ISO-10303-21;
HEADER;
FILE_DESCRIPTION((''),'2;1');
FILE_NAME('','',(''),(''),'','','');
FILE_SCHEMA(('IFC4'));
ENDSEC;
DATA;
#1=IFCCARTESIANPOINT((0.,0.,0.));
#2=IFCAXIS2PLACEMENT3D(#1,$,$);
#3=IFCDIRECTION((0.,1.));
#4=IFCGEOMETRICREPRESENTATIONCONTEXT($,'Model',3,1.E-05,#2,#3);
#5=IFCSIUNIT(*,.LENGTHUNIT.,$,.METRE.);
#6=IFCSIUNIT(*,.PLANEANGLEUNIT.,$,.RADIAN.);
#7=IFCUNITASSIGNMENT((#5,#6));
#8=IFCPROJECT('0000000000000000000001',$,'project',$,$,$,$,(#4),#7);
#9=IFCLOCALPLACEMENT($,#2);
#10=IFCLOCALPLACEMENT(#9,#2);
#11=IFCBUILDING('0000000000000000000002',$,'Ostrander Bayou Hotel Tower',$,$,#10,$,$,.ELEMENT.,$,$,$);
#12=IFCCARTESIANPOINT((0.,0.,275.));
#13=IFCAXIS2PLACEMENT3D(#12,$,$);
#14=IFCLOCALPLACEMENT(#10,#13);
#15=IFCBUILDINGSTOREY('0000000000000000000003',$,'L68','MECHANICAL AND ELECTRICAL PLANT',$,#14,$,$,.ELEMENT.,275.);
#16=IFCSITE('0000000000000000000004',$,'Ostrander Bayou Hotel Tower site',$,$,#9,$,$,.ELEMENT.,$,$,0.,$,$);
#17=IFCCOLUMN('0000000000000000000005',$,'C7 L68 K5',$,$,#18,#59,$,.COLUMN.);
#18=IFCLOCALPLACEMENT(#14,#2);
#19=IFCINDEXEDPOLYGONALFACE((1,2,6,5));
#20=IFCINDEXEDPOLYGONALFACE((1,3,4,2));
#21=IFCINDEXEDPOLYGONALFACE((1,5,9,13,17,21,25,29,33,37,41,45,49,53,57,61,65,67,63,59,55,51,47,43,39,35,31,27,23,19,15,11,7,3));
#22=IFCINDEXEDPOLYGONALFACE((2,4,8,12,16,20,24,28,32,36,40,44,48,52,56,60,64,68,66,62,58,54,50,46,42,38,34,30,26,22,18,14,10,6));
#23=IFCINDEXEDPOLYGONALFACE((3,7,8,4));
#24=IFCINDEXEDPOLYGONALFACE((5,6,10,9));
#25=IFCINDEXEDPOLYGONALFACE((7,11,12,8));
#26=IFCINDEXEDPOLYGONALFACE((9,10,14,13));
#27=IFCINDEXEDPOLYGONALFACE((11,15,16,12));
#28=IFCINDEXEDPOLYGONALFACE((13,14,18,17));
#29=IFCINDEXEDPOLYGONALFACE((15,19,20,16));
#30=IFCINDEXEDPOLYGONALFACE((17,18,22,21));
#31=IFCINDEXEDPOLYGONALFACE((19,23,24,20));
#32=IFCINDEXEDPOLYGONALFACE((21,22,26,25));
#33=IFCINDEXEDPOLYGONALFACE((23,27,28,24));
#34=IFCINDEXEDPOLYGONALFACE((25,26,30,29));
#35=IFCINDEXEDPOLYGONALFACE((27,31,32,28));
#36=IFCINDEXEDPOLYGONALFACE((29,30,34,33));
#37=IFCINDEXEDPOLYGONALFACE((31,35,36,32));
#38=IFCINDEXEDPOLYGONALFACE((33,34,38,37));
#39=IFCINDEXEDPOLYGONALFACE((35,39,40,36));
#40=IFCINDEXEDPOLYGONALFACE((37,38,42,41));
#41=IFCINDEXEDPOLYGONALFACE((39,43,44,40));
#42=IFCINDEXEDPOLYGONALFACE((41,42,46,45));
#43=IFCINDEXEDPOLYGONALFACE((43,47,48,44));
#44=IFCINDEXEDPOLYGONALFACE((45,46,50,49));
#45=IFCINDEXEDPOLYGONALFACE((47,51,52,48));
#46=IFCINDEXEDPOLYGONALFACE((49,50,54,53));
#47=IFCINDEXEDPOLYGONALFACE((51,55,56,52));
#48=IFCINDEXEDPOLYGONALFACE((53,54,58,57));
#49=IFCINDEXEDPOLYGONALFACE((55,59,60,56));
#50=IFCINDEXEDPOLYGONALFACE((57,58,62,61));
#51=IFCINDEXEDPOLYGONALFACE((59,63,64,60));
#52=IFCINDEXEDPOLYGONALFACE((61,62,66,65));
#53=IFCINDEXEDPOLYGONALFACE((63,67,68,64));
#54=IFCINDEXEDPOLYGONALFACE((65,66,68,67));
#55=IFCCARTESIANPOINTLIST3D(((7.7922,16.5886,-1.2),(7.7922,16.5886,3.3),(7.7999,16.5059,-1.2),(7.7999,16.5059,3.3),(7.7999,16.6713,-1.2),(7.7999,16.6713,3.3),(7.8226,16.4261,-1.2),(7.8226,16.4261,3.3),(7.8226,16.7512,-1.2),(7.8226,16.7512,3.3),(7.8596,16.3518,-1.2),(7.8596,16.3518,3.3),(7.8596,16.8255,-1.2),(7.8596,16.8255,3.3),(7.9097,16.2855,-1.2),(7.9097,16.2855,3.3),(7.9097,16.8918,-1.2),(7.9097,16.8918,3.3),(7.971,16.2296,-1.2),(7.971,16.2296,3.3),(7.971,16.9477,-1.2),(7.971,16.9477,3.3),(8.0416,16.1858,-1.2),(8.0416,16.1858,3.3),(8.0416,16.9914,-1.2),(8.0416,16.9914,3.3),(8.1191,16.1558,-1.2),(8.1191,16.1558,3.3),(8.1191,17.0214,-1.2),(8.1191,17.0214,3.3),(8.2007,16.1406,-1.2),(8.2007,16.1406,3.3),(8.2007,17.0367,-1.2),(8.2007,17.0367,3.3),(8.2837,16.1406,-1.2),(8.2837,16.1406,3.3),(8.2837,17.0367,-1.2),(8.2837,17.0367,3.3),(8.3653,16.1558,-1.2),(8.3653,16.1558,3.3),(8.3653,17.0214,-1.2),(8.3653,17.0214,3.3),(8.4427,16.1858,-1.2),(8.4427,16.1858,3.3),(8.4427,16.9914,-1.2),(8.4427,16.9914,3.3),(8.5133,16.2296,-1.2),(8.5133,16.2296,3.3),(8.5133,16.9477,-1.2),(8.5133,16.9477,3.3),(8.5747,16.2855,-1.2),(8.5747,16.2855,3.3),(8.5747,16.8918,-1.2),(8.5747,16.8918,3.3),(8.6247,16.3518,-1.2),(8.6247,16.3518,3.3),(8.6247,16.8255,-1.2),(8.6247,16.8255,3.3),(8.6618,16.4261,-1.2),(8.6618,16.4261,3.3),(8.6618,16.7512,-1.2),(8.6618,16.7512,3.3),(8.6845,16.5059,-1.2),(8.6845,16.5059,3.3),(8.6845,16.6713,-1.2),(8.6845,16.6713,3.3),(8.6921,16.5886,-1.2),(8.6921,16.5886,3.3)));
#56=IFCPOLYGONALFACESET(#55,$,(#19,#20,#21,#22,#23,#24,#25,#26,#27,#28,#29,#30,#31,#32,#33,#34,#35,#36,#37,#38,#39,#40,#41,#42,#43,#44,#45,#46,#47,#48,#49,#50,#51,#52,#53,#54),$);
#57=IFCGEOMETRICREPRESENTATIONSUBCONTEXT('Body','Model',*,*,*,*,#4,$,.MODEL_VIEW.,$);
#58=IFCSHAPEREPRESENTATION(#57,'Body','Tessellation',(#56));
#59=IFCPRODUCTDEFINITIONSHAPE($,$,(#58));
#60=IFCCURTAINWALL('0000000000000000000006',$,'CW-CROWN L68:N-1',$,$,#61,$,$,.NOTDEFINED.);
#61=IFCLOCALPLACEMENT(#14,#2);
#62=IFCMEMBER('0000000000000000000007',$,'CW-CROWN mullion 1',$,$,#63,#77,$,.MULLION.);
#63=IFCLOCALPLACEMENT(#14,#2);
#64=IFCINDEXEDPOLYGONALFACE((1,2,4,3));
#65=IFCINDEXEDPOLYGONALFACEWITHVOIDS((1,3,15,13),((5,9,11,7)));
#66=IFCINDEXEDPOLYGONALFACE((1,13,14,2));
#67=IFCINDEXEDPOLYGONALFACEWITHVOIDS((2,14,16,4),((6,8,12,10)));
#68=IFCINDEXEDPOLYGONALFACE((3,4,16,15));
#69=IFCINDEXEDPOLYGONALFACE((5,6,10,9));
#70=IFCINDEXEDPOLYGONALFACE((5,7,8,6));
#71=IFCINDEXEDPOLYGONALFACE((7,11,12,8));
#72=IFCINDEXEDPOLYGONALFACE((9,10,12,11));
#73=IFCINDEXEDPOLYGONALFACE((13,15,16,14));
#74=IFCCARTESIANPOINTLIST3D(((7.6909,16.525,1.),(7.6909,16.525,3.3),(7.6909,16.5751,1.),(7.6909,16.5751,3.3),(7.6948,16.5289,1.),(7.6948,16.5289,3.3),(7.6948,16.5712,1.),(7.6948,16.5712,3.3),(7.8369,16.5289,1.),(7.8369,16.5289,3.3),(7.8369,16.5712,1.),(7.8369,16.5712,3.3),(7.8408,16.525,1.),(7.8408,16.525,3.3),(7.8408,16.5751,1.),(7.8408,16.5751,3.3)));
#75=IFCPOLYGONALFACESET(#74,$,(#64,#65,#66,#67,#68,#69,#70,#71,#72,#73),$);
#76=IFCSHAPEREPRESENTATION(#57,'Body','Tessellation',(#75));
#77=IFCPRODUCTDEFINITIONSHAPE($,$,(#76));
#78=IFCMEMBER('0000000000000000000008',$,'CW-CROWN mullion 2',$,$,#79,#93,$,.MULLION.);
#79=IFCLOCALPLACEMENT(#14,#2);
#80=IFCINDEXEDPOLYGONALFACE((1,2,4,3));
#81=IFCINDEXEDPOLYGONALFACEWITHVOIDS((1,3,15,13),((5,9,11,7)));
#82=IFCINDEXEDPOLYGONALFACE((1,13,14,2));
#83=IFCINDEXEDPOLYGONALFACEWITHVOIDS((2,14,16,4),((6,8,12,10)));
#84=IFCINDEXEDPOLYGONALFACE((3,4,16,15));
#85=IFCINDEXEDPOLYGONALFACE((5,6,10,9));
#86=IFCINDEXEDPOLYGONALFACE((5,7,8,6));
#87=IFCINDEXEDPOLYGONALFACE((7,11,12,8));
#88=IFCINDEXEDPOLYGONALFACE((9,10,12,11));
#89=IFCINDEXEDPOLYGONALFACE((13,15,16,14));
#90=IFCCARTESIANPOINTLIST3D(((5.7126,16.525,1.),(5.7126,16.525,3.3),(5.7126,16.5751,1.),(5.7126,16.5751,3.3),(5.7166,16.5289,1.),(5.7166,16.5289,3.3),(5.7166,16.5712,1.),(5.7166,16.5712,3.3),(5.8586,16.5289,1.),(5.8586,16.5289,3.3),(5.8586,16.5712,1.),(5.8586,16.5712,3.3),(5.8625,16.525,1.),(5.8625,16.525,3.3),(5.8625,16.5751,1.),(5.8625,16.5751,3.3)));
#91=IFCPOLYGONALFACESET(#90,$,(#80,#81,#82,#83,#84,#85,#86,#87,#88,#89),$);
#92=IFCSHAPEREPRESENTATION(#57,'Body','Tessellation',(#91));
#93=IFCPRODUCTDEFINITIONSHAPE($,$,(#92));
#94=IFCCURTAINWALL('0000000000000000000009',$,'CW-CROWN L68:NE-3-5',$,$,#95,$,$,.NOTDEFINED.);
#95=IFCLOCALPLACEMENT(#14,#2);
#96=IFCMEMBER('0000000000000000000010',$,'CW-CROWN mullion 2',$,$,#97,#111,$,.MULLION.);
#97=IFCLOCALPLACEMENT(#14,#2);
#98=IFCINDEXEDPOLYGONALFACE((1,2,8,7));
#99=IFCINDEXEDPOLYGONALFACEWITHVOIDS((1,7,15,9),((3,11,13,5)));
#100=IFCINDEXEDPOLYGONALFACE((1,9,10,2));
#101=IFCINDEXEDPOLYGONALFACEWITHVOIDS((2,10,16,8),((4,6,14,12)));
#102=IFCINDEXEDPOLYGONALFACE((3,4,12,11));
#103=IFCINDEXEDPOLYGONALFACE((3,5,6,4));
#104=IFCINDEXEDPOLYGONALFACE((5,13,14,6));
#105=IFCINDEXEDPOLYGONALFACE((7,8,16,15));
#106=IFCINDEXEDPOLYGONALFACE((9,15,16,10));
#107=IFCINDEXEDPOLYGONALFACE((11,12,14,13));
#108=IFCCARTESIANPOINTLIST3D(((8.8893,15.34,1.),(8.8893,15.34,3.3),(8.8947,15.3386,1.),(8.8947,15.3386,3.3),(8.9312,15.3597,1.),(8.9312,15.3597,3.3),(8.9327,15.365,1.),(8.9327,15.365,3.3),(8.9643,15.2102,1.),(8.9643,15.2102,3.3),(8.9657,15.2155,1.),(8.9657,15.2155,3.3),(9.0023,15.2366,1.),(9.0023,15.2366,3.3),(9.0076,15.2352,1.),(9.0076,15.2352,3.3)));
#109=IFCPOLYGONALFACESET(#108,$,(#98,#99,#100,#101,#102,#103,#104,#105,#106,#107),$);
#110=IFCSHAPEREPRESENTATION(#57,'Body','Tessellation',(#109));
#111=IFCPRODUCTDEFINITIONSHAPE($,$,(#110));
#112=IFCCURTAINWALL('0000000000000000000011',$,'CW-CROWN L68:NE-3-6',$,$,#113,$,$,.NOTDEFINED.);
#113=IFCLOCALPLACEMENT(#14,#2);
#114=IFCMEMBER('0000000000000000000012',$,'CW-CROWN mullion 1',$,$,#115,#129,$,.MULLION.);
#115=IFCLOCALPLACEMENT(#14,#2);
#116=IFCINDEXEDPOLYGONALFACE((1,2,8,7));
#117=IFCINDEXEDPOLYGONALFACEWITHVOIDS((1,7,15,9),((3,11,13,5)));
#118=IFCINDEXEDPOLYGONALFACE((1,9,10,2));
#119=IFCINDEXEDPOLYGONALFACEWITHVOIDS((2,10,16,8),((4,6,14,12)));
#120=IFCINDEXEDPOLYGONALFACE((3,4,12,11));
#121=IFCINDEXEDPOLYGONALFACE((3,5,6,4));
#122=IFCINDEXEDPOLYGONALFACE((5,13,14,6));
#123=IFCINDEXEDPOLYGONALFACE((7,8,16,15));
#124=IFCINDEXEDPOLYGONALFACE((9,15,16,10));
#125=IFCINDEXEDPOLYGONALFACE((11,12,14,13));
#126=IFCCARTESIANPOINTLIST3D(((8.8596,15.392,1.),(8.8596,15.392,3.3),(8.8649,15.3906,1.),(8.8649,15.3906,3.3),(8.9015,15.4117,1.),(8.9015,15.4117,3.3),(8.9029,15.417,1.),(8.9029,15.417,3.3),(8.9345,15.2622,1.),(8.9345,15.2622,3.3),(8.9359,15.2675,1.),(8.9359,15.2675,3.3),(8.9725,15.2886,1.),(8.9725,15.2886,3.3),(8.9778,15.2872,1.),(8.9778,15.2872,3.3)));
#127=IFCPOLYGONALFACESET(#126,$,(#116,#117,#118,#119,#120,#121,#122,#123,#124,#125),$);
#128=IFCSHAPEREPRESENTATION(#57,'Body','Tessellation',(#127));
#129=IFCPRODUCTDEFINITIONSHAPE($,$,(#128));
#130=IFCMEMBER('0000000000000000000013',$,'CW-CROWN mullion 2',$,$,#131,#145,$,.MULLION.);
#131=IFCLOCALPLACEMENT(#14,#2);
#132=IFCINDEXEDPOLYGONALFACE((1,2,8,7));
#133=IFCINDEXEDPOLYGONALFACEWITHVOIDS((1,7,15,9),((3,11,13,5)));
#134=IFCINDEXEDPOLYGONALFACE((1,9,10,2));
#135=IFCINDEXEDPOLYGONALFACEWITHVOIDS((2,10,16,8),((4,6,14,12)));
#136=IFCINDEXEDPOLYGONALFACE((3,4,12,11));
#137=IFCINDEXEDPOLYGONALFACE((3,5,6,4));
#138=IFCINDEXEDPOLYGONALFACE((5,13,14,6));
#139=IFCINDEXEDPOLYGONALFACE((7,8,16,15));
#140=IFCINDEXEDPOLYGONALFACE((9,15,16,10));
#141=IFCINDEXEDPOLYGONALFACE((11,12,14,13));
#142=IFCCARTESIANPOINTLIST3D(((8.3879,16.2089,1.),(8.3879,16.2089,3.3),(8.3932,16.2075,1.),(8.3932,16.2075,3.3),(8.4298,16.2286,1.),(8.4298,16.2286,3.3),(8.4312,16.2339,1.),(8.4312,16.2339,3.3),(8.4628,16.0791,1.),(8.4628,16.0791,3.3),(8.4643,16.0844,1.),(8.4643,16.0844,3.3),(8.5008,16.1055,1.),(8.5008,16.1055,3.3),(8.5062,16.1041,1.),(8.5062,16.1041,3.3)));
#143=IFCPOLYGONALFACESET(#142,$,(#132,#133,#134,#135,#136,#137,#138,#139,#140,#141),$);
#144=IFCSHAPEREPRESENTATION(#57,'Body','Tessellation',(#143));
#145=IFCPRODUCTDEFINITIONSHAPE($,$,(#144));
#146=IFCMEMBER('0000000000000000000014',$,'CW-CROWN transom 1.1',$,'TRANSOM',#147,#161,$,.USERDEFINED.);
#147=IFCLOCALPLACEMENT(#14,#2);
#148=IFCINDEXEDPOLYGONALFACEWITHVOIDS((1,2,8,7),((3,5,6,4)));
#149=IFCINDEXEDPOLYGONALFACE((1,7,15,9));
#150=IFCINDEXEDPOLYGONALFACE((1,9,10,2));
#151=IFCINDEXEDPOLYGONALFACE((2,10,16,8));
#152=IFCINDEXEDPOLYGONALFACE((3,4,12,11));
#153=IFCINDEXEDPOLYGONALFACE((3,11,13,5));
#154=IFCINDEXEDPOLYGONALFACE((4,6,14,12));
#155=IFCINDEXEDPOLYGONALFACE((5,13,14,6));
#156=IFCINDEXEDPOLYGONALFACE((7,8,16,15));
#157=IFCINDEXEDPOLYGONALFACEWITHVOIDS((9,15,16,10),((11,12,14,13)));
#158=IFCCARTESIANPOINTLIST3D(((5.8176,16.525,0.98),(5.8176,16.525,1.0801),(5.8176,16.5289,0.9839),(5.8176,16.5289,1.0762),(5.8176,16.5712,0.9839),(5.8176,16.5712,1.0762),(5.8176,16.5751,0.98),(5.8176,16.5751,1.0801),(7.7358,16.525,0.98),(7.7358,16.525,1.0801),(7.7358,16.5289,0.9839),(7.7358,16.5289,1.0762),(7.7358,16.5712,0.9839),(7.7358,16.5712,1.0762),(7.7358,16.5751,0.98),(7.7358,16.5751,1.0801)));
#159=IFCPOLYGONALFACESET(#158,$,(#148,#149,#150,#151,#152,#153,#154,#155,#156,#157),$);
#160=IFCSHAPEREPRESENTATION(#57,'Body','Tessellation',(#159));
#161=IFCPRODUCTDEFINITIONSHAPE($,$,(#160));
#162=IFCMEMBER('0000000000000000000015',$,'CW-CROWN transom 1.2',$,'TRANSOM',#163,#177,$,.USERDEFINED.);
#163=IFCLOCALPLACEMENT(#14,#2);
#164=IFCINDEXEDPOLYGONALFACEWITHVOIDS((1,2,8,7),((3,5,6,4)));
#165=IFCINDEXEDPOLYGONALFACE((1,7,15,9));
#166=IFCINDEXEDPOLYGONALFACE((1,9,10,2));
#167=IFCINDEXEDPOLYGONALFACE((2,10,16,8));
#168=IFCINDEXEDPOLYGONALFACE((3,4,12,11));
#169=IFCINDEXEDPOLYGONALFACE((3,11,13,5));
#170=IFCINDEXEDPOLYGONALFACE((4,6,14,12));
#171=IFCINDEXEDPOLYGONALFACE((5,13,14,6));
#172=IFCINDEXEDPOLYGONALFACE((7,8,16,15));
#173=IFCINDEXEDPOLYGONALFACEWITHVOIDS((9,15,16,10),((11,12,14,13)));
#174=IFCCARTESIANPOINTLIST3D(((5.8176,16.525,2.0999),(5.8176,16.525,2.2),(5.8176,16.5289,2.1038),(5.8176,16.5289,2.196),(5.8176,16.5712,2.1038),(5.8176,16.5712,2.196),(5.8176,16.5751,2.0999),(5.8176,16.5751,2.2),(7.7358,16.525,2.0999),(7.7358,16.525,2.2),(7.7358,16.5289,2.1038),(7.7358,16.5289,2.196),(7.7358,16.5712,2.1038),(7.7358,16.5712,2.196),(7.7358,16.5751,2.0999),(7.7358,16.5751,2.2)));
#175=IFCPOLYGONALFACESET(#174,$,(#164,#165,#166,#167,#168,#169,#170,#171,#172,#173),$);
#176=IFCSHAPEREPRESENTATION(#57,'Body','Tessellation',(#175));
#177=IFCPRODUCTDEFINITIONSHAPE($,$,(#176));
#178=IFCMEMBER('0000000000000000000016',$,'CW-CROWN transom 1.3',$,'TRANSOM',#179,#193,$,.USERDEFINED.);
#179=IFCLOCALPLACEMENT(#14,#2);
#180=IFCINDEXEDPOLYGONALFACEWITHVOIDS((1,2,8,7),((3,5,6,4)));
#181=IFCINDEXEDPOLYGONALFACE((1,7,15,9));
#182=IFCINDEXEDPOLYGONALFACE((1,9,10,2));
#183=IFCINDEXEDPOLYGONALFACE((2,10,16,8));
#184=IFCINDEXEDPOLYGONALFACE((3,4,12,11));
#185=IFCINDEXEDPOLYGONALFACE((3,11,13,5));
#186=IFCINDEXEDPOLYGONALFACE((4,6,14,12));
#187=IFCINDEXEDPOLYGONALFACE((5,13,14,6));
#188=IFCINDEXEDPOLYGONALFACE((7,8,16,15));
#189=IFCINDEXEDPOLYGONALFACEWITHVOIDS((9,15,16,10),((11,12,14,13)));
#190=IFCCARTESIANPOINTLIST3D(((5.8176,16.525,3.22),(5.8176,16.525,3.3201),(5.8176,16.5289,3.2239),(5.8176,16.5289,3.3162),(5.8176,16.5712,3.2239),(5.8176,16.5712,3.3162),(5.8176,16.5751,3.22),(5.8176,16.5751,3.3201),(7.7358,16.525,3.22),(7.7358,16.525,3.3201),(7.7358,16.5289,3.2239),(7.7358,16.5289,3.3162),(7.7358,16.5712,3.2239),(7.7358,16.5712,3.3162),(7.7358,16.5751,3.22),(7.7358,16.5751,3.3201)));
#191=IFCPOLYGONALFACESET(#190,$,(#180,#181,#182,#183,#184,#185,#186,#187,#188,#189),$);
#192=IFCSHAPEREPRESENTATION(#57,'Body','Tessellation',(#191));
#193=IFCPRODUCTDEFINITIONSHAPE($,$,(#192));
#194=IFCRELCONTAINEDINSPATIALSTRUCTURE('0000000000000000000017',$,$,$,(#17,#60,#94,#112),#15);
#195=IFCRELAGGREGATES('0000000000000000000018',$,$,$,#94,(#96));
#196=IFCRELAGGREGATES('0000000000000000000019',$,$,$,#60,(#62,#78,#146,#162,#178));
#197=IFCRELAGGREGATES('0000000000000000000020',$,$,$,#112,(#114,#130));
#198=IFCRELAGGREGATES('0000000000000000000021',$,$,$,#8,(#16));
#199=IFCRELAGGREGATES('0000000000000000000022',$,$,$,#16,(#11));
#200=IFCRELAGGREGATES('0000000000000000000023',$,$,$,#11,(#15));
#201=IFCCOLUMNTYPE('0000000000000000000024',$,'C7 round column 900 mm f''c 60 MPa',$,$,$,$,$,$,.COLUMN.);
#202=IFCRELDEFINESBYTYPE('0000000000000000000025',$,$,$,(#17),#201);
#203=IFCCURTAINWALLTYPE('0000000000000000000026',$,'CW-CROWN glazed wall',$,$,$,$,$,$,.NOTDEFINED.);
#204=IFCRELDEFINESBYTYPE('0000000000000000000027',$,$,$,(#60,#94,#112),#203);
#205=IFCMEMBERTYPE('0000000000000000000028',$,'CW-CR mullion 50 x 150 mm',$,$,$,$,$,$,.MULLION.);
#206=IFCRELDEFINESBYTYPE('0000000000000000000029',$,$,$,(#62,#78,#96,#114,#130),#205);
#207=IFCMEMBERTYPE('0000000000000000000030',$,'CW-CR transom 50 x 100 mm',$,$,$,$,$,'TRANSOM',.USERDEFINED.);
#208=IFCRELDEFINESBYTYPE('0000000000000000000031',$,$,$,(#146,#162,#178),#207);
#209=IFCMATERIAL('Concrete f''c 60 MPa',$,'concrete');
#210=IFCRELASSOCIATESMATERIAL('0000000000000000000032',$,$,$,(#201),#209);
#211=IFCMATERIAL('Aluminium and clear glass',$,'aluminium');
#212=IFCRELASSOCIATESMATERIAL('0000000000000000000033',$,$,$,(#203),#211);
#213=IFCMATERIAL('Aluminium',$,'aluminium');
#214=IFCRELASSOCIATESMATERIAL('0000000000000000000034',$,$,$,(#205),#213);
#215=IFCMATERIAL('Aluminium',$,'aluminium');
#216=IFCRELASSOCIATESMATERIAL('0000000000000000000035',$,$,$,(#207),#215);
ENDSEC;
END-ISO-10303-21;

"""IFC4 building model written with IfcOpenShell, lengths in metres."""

from ifc_helpers import new_model, si_unit, direction, frame, origin, origin_2d, place, context, subcontext, project, spatial, hollow_rectangle, circle, extrude, material, material_profile, profile_set, type_object, element, aggregate, save


model = new_model("IFC4")

# Units and contexts
model_context = context("Model", 3, precision=1e-05, world=origin(), true_north=direction((0.0, 1.0)))
body_context = subcontext(model_context, "Body", "Model", "MODEL_VIEW")
ifc_project = project(units=[si_unit("LENGTHUNIT", "METRE"), si_unit("PLANEANGLEUNIT", "RADIAN")], contexts=[model_context])

# Site, building, storey
site_placement = place(None, origin())
site = spatial("IfcSite", under=ifc_project, at=site_placement, Name="Ostrander Bayou Hotel Tower site", CompositionType="ELEMENT", RefElevation=0.0)
building_placement = place(site_placement, origin())
building = spatial("IfcBuilding", under=site, at=building_placement, Name="Ostrander Bayou Hotel Tower", CompositionType="ELEMENT")
storey_placement = place(building_placement, frame((0.0, 0.0, 275.0)))
storey = spatial("IfcBuildingStorey", under=building, at=storey_placement, Name="L68", Description="MECHANICAL AND ELECTRICAL PLANT", CompositionType="ELEMENT", Elevation=275.0)

# Column
ifc_material_1 = material(Name="Concrete f'c 60 MPa", Category="concrete")
ifc_material_profile_1 = material_profile(ifc_material_1, circle(Radius=0.45, at=origin_2d()))
ifc_profile_set_1 = profile_set([ifc_material_profile_1], Name="Concrete f'c 60 MPa")
column_type = type_object("IfcColumnType", Name="C7 round column 900 mm f'c 60 MPa", PredefinedType="COLUMN", material=ifc_profile_set_1)
column_placement = place(storey_placement, frame((8.2422, 16.5886, -1.2), z_axis=(0.0, 0.0, 1.0), x_axis=(1.0, 0.0, 0.0)))
element("IfcColumn", 1, at=column_placement, inside=storey, type_object=column_type, Name="C7 L68 K5", PredefinedType="COLUMN", context=body_context, shape_type="SweptSolid", body=[
    extrude(circle(Radius=0.45, at=origin_2d()), origin(), (0.0, 0.0, 1.0), 4.5),
])

# Curtain wall, members
ifc_material_2 = material(Name="Aluminium and clear glass", Category="aluminium")
curtain_wall_type = type_object("IfcCurtainWallType", Name="CW-CROWN glazed wall", PredefinedType="NOTDEFINED", material=ifc_material_2)
curtain_wall_1_placement = place(storey_placement, origin())
curtain_wall_1 = element("IfcCurtainWall", 2, at=curtain_wall_1_placement, inside=storey, type_object=curtain_wall_type, Name="CW-CROWN L68:N-1", PredefinedType="NOTDEFINED")
ifc_material_3 = material(Name="Aluminium", Category="aluminium")
ifc_material_profile_2 = material_profile(ifc_material_3, hollow_rectangle(XDim=0.05, YDim=0.1499, WallThickness=0.0039, at=origin_2d()))
ifc_profile_set_2 = profile_set([ifc_material_profile_2], Name="Aluminium")
member_type_1 = type_object("IfcMemberType", Name="CW-CR mullion 50 x 150 mm", PredefinedType="MULLION", material=ifc_profile_set_2)
member_1_placement = place(storey_placement, frame((7.7659, 16.55, 1.0), z_axis=(0.0, 0.0, 1.0), x_axis=(0.0, -1.0, 0.0)))
member_1 = element("IfcMember", 3, at=member_1_placement, type_object=member_type_1, Name="CW-CROWN mullion 1", PredefinedType="MULLION", context=body_context, shape_type="SweptSolid", body=[
    extrude(hollow_rectangle(XDim=0.05, YDim=0.1499, WallThickness=0.0039, at=origin_2d()), origin(), (0.0, 0.0, 1.0), 2.3),
])
member_2_placement = place(storey_placement, frame((5.7876, 16.55, 1.0), z_axis=(0.0, 0.0, 1.0), x_axis=(0.0, -1.0, 0.0)))
member_2 = element("IfcMember", 4, at=member_2_placement, type_object=member_type_1, Name="CW-CROWN mullion 2", PredefinedType="MULLION", context=body_context, shape_type="SweptSolid", body=[
    extrude(hollow_rectangle(XDim=0.05, YDim=0.1499, WallThickness=0.0039, at=origin_2d()), origin(), (0.0, 0.0, 1.0), 2.3),
])

# Curtain wall, member
curtain_wall_2_placement = place(storey_placement, origin())
curtain_wall_2 = element("IfcCurtainWall", 5, at=curtain_wall_2_placement, inside=storey, type_object=curtain_wall_type, Name="CW-CROWN L68:NE-3-5", PredefinedType="NOTDEFINED")
member_3_placement = place(storey_placement, frame((8.9485, 15.2876, 1.0), z_axis=(0.0, 0.0, 1.0), x_axis=(-0.866001, -0.500042, 0.0)))
member_3 = element("IfcMember", 6, at=member_3_placement, type_object=member_type_1, Name="CW-CROWN mullion 2", PredefinedType="MULLION", context=body_context, shape_type="SweptSolid", body=[
    extrude(hollow_rectangle(XDim=0.05, YDim=0.1499, WallThickness=0.0039, at=origin_2d()), origin(), (0.0, 0.0, 1.0), 2.3),
])
aggregate(curtain_wall_2, [member_3])

# Curtain wall, members
curtain_wall_3_placement = place(storey_placement, origin())
curtain_wall_3 = element("IfcCurtainWall", 7, at=curtain_wall_3_placement, inside=storey, type_object=curtain_wall_type, Name="CW-CROWN L68:NE-3-6", PredefinedType="NOTDEFINED")
member_4_placement = place(storey_placement, frame((8.9187, 15.3396, 1.0), z_axis=(0.0, 0.0, 1.0), x_axis=(-0.866026, -0.499999, 0.0)))
member_4 = element("IfcMember", 8, at=member_4_placement, type_object=member_type_1, Name="CW-CROWN mullion 1", PredefinedType="MULLION", context=body_context, shape_type="SweptSolid", body=[
    extrude(hollow_rectangle(XDim=0.05, YDim=0.1499, WallThickness=0.0039, at=origin_2d()), origin(), (0.0, 0.0, 1.0), 2.3),
])
member_5_placement = place(storey_placement, frame((8.447, 16.1565, 1.0), z_axis=(0.0, 0.0, 1.0), x_axis=(-0.866026, -0.499999, 0.0)))
member_5 = element("IfcMember", 9, at=member_5_placement, type_object=member_type_1, Name="CW-CROWN mullion 2", PredefinedType="MULLION", context=body_context, shape_type="SweptSolid", body=[
    extrude(hollow_rectangle(XDim=0.05, YDim=0.1499, WallThickness=0.0039, at=origin_2d()), origin(), (0.0, 0.0, 1.0), 2.3),
])

# Members
ifc_material_4 = material(Name="Aluminium", Category="aluminium")
ifc_material_profile_3 = material_profile(ifc_material_4, hollow_rectangle(XDim=0.05, YDim=0.1001, WallThickness=0.0039, at=origin_2d()))
ifc_profile_set_3 = profile_set([ifc_material_profile_3], Name="Aluminium")
member_type_2 = type_object("IfcMemberType", Name="CW-CR transom 50 x 100 mm", ElementType="TRANSOM", PredefinedType="USERDEFINED", material=ifc_profile_set_3)
member_6_placement = place(storey_placement, frame((7.7358, 16.55, 1.03), z_axis=(-1.0, 0.0, 0.0), x_axis=(0.0, -1.0, 0.0)))
member_6 = element("IfcMember", 10, at=member_6_placement, type_object=member_type_2, Name="CW-CROWN transom 1.1", ObjectType="TRANSOM", PredefinedType="USERDEFINED", context=body_context, shape_type="SweptSolid", body=[
    extrude(hollow_rectangle(XDim=0.05, YDim=0.1001, WallThickness=0.0039, at=origin_2d()), origin(), (0.0, 0.0, 1.0), 1.9182),
])
member_7_placement = place(storey_placement, frame((7.7358, 16.55, 2.1499), z_axis=(-1.0, 0.0, 0.0), x_axis=(0.0, -1.0, 0.0)))
member_7 = element("IfcMember", 11, at=member_7_placement, type_object=member_type_2, Name="CW-CROWN transom 1.2", ObjectType="TRANSOM", PredefinedType="USERDEFINED", context=body_context, shape_type="SweptSolid", body=[
    extrude(hollow_rectangle(XDim=0.05, YDim=0.1001, WallThickness=0.0039, at=origin_2d()), origin(), (0.0, 0.0, 1.0), 1.9182),
])
member_8_placement = place(storey_placement, frame((7.7358, 16.55, 3.27), z_axis=(-1.0, 0.0, 0.0), x_axis=(0.0, -1.0, 0.0)))
member_8 = element("IfcMember", 12, at=member_8_placement, type_object=member_type_2, Name="CW-CROWN transom 1.3", ObjectType="TRANSOM", PredefinedType="USERDEFINED", context=body_context, shape_type="SweptSolid", body=[
    extrude(hollow_rectangle(XDim=0.05, YDim=0.1001, WallThickness=0.0039, at=origin_2d()), origin(), (0.0, 0.0, 1.0), 1.9182),
])

aggregate(curtain_wall_1, [member_1, member_2, member_6, member_7, member_8])
aggregate(curtain_wall_3, [member_4, member_5])

save(model, "model.ifc")
